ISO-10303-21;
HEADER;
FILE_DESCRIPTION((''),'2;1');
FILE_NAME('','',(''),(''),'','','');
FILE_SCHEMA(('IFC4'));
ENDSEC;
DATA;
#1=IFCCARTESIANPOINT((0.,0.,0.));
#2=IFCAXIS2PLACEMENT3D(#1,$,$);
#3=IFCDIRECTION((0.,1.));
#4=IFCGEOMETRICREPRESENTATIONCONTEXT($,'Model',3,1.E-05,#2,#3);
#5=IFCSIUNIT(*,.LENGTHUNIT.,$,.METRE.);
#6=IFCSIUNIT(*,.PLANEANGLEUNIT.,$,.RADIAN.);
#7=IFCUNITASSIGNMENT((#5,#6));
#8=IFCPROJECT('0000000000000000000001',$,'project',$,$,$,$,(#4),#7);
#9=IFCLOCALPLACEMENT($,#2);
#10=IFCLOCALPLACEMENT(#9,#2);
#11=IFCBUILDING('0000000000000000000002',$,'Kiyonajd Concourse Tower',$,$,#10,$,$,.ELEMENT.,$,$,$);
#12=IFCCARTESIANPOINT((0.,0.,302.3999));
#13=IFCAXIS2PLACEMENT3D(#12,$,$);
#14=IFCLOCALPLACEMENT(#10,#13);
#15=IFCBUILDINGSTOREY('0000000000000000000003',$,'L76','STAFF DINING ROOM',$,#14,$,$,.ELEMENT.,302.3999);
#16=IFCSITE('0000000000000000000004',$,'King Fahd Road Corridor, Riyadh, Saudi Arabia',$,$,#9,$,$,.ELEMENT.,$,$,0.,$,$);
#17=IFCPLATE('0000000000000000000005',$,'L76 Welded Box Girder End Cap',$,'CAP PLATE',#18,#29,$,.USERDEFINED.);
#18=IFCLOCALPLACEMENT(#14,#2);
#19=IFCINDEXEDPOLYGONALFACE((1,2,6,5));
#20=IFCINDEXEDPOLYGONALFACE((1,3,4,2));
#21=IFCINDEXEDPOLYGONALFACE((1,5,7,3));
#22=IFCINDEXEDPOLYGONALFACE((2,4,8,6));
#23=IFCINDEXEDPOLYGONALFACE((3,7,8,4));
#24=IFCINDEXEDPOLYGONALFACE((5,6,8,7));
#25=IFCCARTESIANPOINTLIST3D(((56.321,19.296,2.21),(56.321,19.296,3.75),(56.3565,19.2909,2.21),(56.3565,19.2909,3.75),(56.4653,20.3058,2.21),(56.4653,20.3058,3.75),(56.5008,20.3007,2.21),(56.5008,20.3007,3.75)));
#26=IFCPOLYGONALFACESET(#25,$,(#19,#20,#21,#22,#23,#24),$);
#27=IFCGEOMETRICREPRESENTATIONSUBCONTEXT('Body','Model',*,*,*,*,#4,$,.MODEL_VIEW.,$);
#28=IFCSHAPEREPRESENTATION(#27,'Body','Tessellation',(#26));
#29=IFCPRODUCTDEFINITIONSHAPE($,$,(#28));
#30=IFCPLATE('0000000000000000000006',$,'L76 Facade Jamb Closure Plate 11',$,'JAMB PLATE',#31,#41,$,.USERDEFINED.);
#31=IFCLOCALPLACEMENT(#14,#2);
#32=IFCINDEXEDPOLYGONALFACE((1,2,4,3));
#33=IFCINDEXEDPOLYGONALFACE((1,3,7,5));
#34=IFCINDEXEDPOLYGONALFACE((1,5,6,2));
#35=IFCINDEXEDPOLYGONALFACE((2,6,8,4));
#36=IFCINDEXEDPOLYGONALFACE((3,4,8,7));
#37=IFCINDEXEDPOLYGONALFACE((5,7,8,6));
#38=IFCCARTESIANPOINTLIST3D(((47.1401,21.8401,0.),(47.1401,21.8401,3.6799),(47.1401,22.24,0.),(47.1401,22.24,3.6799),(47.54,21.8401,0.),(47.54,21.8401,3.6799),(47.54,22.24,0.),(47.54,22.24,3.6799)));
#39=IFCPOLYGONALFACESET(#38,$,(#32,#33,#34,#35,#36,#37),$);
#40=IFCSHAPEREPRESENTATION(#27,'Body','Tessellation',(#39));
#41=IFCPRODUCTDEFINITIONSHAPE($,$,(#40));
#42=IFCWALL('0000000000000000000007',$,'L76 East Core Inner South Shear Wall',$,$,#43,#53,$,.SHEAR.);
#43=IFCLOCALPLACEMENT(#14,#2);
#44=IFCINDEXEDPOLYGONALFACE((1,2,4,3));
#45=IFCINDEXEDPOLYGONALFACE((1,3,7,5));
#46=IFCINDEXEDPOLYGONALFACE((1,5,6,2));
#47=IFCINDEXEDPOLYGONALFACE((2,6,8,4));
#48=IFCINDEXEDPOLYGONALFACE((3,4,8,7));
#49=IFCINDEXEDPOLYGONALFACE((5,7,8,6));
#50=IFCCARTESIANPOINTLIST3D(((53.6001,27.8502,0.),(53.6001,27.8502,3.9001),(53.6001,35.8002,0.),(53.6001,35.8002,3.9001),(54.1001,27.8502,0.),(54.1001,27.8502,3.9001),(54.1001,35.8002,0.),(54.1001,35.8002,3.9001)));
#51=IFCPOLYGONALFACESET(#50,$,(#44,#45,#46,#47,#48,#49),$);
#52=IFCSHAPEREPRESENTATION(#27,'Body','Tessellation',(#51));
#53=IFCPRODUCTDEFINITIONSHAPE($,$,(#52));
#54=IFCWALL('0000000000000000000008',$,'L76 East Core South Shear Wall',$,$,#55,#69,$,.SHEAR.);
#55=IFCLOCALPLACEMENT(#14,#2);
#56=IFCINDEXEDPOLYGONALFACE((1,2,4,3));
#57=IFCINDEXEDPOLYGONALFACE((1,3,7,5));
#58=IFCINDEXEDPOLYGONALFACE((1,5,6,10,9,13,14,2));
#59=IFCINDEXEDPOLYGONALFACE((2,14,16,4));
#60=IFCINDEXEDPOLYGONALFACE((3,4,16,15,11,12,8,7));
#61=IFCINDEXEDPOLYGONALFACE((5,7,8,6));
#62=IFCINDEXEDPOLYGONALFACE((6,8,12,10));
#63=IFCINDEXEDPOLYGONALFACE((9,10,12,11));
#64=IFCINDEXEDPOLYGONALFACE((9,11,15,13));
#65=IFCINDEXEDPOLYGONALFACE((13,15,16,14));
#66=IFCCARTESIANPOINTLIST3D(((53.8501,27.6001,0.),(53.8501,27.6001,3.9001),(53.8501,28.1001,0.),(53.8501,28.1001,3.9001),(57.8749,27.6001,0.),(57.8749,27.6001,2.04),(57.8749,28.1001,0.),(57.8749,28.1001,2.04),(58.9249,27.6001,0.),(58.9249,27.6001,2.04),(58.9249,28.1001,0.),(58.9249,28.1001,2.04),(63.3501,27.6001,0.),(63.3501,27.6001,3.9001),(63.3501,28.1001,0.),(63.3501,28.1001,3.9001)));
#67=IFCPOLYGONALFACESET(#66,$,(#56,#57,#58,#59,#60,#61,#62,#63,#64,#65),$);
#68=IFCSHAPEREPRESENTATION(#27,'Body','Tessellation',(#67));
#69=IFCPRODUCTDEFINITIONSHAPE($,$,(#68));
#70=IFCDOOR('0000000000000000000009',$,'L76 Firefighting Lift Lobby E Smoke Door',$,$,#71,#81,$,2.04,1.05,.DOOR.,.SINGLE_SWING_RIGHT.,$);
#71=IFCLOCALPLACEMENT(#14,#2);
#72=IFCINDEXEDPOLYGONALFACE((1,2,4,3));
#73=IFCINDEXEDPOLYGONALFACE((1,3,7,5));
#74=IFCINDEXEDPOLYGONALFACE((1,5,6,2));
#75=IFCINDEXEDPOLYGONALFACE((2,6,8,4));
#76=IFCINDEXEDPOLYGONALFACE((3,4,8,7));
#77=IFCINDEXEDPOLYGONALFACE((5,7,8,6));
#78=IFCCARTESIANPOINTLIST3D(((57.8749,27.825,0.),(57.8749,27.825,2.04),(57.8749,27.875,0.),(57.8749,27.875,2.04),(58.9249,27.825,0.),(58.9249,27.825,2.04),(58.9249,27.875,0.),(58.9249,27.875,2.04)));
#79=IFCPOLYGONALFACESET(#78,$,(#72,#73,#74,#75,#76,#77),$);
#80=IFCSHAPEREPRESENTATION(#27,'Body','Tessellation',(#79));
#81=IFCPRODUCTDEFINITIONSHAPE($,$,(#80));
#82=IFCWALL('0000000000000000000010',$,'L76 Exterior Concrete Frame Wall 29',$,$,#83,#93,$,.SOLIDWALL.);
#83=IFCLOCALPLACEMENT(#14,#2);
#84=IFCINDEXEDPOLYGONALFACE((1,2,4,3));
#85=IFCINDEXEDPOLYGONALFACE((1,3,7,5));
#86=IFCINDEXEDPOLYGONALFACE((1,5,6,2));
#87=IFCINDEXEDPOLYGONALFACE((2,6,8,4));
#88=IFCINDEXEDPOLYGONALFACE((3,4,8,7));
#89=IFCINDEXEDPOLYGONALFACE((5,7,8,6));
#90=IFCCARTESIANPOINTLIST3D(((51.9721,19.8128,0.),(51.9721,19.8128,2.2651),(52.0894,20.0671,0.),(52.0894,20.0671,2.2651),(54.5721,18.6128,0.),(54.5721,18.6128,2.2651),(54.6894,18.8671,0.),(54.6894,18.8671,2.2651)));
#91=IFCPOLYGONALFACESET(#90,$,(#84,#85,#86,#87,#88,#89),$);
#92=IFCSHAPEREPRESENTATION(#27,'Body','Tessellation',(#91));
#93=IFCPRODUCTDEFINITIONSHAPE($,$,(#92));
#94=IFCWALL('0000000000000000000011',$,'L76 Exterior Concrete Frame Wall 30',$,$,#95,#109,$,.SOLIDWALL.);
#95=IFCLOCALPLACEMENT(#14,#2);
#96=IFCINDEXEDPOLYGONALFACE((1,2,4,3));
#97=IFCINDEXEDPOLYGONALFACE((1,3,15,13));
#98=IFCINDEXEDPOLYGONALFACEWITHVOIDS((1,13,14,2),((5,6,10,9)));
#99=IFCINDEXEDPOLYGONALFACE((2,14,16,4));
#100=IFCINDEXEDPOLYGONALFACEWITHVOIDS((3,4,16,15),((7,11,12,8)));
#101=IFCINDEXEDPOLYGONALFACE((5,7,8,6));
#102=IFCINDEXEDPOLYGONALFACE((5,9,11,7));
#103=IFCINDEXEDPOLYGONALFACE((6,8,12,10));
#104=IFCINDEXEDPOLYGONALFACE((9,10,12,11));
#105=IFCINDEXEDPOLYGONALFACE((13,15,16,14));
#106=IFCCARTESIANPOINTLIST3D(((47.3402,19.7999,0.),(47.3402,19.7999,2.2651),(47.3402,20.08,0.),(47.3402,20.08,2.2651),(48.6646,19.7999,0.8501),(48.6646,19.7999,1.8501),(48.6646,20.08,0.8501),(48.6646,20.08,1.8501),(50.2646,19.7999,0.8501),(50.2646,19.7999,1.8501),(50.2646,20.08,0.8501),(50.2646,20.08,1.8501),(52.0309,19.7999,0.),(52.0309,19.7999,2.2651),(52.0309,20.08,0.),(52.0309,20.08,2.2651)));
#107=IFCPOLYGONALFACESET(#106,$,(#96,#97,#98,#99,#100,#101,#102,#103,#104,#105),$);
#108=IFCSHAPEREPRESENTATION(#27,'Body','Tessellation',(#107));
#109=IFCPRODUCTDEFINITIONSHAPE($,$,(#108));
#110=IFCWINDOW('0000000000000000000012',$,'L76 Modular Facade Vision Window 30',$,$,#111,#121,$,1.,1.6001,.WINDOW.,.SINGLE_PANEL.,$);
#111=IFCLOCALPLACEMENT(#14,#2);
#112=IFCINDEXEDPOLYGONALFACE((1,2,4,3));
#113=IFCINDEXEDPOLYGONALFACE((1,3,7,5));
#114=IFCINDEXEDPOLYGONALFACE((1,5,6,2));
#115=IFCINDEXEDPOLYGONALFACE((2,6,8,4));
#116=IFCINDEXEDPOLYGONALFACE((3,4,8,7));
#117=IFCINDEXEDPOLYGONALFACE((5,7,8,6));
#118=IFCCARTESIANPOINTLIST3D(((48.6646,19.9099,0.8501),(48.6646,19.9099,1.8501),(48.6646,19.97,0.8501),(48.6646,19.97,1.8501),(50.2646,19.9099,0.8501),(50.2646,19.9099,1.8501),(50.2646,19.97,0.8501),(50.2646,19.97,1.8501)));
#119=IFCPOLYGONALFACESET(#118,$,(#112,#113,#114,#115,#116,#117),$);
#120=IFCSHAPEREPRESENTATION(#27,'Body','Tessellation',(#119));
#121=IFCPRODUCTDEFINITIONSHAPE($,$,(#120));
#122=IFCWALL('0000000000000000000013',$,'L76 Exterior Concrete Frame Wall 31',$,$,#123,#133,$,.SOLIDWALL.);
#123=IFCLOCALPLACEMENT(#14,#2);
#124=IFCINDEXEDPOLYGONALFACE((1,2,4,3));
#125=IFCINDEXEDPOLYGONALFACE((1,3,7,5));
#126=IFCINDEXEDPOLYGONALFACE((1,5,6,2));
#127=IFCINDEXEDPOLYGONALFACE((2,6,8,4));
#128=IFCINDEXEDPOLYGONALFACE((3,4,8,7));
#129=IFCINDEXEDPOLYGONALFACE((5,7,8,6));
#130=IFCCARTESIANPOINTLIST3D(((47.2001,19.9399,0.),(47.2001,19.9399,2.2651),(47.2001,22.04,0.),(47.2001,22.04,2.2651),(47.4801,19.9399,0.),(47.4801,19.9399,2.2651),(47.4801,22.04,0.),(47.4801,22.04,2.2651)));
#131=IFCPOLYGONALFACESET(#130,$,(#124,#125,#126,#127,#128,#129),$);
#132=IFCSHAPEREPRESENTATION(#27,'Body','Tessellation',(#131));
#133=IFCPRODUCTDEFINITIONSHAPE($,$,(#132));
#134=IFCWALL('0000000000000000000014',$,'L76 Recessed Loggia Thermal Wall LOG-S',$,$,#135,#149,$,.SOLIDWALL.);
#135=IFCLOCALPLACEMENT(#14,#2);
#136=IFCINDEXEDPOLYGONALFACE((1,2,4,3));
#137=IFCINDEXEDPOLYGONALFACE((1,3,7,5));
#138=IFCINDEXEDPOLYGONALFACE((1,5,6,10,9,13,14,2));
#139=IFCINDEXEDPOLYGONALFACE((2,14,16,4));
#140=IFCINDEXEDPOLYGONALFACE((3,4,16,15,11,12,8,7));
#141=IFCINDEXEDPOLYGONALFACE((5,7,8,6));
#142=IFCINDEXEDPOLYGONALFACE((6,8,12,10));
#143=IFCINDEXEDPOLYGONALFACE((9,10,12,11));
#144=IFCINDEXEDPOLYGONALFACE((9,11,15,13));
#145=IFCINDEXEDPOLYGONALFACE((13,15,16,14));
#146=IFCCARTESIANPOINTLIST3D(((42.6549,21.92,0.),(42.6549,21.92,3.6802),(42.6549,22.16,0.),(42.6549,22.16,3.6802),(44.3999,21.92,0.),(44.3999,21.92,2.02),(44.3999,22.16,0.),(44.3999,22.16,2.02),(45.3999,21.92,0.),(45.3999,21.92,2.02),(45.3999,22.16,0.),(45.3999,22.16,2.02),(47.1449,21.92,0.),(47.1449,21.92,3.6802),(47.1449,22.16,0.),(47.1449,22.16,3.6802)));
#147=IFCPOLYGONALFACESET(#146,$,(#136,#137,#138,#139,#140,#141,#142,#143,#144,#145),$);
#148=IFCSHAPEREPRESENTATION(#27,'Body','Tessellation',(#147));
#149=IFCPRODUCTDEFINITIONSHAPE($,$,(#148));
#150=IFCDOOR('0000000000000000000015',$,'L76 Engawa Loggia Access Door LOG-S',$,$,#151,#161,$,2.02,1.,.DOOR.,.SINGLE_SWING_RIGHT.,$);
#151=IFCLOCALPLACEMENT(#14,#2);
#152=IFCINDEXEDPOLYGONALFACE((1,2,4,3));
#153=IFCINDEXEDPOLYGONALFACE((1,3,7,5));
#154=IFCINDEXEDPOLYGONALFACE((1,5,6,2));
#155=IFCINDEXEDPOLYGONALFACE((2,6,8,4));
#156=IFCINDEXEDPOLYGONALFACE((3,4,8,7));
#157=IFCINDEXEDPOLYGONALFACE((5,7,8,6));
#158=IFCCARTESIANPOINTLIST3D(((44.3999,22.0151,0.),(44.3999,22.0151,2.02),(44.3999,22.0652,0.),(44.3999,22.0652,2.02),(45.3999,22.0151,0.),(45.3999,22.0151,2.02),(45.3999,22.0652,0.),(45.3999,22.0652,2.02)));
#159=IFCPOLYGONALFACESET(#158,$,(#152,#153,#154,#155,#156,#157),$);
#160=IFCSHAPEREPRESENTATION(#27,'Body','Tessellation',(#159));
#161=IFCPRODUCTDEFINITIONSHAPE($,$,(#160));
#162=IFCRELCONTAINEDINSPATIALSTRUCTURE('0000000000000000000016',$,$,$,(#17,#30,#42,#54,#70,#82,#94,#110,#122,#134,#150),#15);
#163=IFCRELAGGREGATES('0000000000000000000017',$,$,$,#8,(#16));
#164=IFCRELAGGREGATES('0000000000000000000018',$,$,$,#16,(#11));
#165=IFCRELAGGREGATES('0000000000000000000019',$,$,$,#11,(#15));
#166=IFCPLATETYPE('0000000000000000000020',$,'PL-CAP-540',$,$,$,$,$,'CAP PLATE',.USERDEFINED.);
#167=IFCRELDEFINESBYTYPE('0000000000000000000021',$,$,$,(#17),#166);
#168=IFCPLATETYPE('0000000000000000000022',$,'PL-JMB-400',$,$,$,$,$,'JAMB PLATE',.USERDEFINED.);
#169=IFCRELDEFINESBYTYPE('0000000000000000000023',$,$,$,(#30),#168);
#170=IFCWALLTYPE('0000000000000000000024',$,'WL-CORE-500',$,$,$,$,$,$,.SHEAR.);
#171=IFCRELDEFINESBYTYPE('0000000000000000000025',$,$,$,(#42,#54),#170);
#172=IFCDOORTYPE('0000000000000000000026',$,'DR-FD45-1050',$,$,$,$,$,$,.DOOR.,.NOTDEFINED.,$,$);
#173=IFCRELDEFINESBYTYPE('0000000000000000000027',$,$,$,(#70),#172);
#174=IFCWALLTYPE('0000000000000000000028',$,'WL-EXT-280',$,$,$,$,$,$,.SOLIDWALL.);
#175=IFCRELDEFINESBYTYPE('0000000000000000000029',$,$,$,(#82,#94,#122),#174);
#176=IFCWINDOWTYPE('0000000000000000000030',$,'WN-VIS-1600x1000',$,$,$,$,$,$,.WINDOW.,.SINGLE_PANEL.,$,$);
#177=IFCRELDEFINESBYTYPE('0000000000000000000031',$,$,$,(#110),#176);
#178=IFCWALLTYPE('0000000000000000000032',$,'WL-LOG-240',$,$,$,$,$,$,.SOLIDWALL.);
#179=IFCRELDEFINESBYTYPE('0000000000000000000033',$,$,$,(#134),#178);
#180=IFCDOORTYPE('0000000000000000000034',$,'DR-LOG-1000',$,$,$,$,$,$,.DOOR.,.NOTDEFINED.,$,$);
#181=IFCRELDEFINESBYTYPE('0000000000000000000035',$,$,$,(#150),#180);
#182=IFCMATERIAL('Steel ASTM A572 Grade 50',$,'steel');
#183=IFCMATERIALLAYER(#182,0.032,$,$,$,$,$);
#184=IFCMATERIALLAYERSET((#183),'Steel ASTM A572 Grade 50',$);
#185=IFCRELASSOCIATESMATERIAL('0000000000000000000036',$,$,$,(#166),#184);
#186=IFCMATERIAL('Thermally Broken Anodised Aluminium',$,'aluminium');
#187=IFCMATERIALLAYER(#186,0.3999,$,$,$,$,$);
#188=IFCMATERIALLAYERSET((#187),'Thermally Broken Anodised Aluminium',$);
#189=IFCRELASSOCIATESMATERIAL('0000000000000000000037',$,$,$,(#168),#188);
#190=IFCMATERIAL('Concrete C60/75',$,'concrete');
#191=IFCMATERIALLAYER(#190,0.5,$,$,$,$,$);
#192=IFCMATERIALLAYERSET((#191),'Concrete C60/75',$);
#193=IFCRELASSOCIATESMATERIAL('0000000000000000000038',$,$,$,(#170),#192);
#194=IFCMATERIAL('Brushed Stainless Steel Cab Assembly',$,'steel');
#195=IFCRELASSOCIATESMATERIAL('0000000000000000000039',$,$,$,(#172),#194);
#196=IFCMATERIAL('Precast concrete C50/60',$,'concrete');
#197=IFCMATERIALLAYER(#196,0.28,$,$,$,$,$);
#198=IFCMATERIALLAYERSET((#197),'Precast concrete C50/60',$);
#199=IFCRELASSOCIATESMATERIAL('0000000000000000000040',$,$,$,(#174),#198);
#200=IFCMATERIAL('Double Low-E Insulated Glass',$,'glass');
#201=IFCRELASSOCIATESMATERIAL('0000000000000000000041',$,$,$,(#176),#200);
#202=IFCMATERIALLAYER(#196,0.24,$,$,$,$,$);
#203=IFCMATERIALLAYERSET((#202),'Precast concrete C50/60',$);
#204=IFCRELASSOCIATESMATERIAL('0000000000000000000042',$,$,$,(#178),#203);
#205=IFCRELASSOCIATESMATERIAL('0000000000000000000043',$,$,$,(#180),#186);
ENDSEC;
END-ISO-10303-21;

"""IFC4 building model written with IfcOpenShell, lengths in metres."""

from ifc_helpers import new_model, si_unit, direction, frame, frame_2d, origin, origin_2d, place, context, subcontext, project, spatial, rectangle, extrude, material, layer, layer_set, type_object, element, fill, save


model = new_model("IFC4")

# Units and contexts
model_context = context("Model", 3, precision=1e-05, world=origin(), true_north=direction((0.0, 1.0)))
body_context = subcontext(model_context, "Body", "Model", "MODEL_VIEW")
ifc_project = project(units=[si_unit("LENGTHUNIT", "METRE"), si_unit("PLANEANGLEUNIT", "RADIAN")], contexts=[model_context])

# Site, building, storey
site_placement = place(None, origin())
site = spatial("IfcSite", under=ifc_project, at=site_placement, Name="King Fahd Road Corridor, Riyadh, Saudi Arabia", CompositionType="ELEMENT", RefElevation=0.0)
building_placement = place(site_placement, origin())
building = spatial("IfcBuilding", under=site, at=building_placement, Name="Kiyonajd Concourse Tower", CompositionType="ELEMENT")
storey_placement = place(building_placement, frame((0.0, 0.0, 302.3999)))
storey = spatial("IfcBuildingStorey", under=building, at=storey_placement, Name="L76", Description="STAFF DINING ROOM", CompositionType="ELEMENT", Elevation=302.3999)

# Shared definitions
ifc_material_1 = material(Name="Concrete C60/75", Category="concrete")

# Shared definitions
ifc_material_2 = material(Name="Steel ASTM A572 Grade 50", Category="steel")

# Plates
ifc_layer_1 = layer(ifc_material_2, 0.032)
ifc_layer_set_1 = layer_set([ifc_layer_1], Name="Steel ASTM A572 Grade 50")
plate_type_1 = type_object("IfcPlateType", Name="PL-CAP-540", ElementType="CAP PLATE", PredefinedType="USERDEFINED", material=ifc_layer_set_1)
for number, where, z_axis, x_axis, name in (
    (1, (56.4109, 19.7983, 2.21), (0.0, 0.0, 1.0), (0.98995, -0.14142, 0.0), "L76 Welded Box Girder End Cap"),
):
    element("IfcPlate", number, at=place(storey_placement, frame(where, z_axis=z_axis, x_axis=x_axis)), inside=storey, type_object=plate_type_1, Name=name, ObjectType="CAP PLATE", PredefinedType="USERDEFINED", context=body_context, shape_type="SweptSolid", body=[
        extrude(rectangle(XDim=0.0359, YDim=1.02, at=origin_2d()), origin(), (0.0, 0.0, 1.0), 1.54),
    ])
ifc_material_3 = material(Name="Thermally Broken Anodised Aluminium", Category="aluminium")
ifc_layer_2 = layer(ifc_material_3, 0.3999)
ifc_layer_set_2 = layer_set([ifc_layer_2], Name="Thermally Broken Anodised Aluminium")
plate_type_2 = type_object("IfcPlateType", Name="PL-JMB-400", ElementType="JAMB PLATE", PredefinedType="USERDEFINED", material=ifc_layer_set_2)
plate_placement = place(storey_placement, frame((47.3401, 22.04, 0.0), z_axis=(0.0, 0.0, 1.0), x_axis=(1.0, 0.0, 0.0)))
element("IfcPlate", 2, at=plate_placement, inside=storey, type_object=plate_type_2, Name="L76 Facade Jamb Closure Plate 11", ObjectType="JAMB PLATE", PredefinedType="USERDEFINED", context=body_context, shape_type="SweptSolid", body=[
    extrude(rectangle(XDim=0.3999, YDim=0.3999, at=origin_2d()), origin(), (0.0, 0.0, 1.0), 3.6799),
])

# Wall
ifc_layer_3 = layer(ifc_material_1, 0.5)
ifc_layer_set_3 = layer_set([ifc_layer_3], Name="Concrete C60/75")
wall_type_1 = type_object("IfcWallType", Name="WL-CORE-500", PredefinedType="SHEAR", material=ifc_layer_set_3)
wall_1_placement = place(storey_placement, frame((53.8501, 27.8501, 0.0), z_axis=(0.0, 0.0, 1.0), x_axis=(0.0, 1.0, 0.0)))
element("IfcWall", 3, at=wall_1_placement, inside=storey, type_object=wall_type_1, Name="L76 East Core Inner South Shear Wall", PredefinedType="SHEAR", context=body_context, shape_type="SweptSolid", body=[
    extrude(rectangle(XDim=7.95, YDim=0.5, at=frame_2d((3.9751, 0.0))), origin(), (0.0, 0.0, 1.0), 3.9001),
])

# Wall, opening, door
wall_2_placement = place(storey_placement, frame((53.8501, 27.8501, 0.0), z_axis=(0.0, 0.0, 1.0), x_axis=(1.0, 0.0, 0.0)))
wall_2 = element("IfcWall", 4, at=wall_2_placement, inside=storey, type_object=wall_type_1, Name="L76 East Core South Shear Wall", PredefinedType="SHEAR", context=body_context, shape_type="SweptSolid", body=[
    extrude(rectangle(XDim=9.5, YDim=0.5, at=frame_2d((4.75, 0.0))), origin(), (0.0, 0.0, 1.0), 3.9001),
])
opening_1_placement = place(wall_2_placement, frame((4.0249, 0.0, 0.0)))
opening_1 = element("IfcOpeningElement", 5, at=opening_1_placement, cuts=wall_2, PredefinedType="OPENING", context=body_context, shape_type="SweptSolid", body=[
    extrude(rectangle(XDim=1.05, YDim=2.04, at=frame_2d((0.5249, 1.02))), frame((0.0, 0.26, 0.0), z_axis=(0.0, -1.0, 0.0), x_axis=(1.0, 0.0, 0.0)), (0.0, 0.0, 1.0), 0.52),
])
ifc_material_4 = material(Name="Brushed Stainless Steel Cab Assembly", Category="steel")
door_type_1 = type_object("IfcDoorType", Name="DR-FD45-1050", OperationType="NOTDEFINED", PredefinedType="DOOR", material=ifc_material_4)
door_1_placement = place(opening_1_placement, origin())
door_1 = element("IfcDoor", 6, at=door_1_placement, inside=storey, type_object=door_type_1, Name="L76 Firefighting Lift Lobby E Smoke Door", OperationType="SINGLE_SWING_RIGHT", OverallHeight=2.04, OverallWidth=1.05, PredefinedType="DOOR", context=body_context, shape_type="SweptSolid", body=[
    extrude(rectangle(XDim=1.05, YDim=2.04, at=frame_2d((0.5249, 1.02))), frame((0.0, 0.0249, 0.0), z_axis=(0.0, -1.0, 0.0), x_axis=(1.0, 0.0, 0.0)), (0.0, 0.0, 1.0), 0.05),
])
fill(opening_1, door_1)

# Wall
ifc_material_5 = material(Name="Precast concrete C50/60", Category="concrete")
ifc_layer_4 = layer(ifc_material_5, 0.28)
ifc_layer_set_4 = layer_set([ifc_layer_4], Name="Precast concrete C50/60")
wall_type_2 = type_object("IfcWallType", Name="WL-EXT-280", PredefinedType="SOLIDWALL", material=ifc_layer_set_4)
wall_3_placement = place(storey_placement, frame((54.6306, 18.74, 0.0), z_axis=(0.0, 0.0, 1.0), x_axis=(-0.907957, 0.419064, 0.0)))
element("IfcWall", 7, at=wall_3_placement, inside=storey, type_object=wall_type_2, Name="L76 Exterior Concrete Frame Wall 29", PredefinedType="SOLIDWALL", context=body_context, shape_type="SweptSolid", body=[
    extrude(rectangle(XDim=2.8635, YDim=0.28, at=frame_2d((1.4316, 0.0))), origin(), (0.0, 0.0, 1.0), 2.2651),
])

# Wall, opening, window
wall_4_placement = place(storey_placement, frame((52.0308, 19.9399, 0.0), z_axis=(0.0, 0.0, 1.0), x_axis=(-1.0, 0.0, 0.0)))
wall_4 = element("IfcWall", 8, at=wall_4_placement, inside=storey, type_object=wall_type_2, Name="L76 Exterior Concrete Frame Wall 30", PredefinedType="SOLIDWALL", context=body_context, shape_type="SweptSolid", body=[
    extrude(rectangle(XDim=4.6907, YDim=0.28, at=frame_2d((2.3452, 0.0))), origin(), (0.0, 0.0, 1.0), 2.2651),
])
opening_2_placement = place(wall_4_placement, frame((1.7661, 0.0, 0.8501)))
opening_2 = element("IfcOpeningElement", 9, at=opening_2_placement, cuts=wall_4, PredefinedType="OPENING", context=body_context, shape_type="SweptSolid", body=[
    extrude(rectangle(XDim=1.6001, YDim=1.0, at=frame_2d((0.8, 0.5))), frame((0.0, 0.1499, 0.0), z_axis=(0.0, -1.0, 0.0), x_axis=(1.0, 0.0, 0.0)), (0.0, 0.0, 1.0), 0.3),
])
ifc_material_6 = material(Name="Double Low-E Insulated Glass", Category="glass")
window_type = type_object("IfcWindowType", Name="WN-VIS-1600x1000", PartitioningType="SINGLE_PANEL", PredefinedType="WINDOW", material=ifc_material_6)
window_placement = place(opening_2_placement, origin())
window = element("IfcWindow", 10, at=window_placement, inside=storey, type_object=window_type, Name="L76 Modular Facade Vision Window 30", OverallHeight=1.0, OverallWidth=1.6001, PartitioningType="SINGLE_PANEL", PredefinedType="WINDOW", context=body_context, shape_type="SweptSolid", body=[
    extrude(rectangle(XDim=1.6001, YDim=1.0, at=frame_2d((0.8, 0.5))), frame((0.0, 0.03, 0.0), z_axis=(0.0, -1.0, 0.0), x_axis=(1.0, 0.0, 0.0)), (0.0, 0.0, 1.0), 0.0601),
])
fill(opening_2, window)

# Wall
wall_5_placement = place(storey_placement, frame((47.3401, 19.9399, 0.0), z_axis=(0.0, 0.0, 1.0), x_axis=(0.0, 1.0, 0.0)))
element("IfcWall", 11, at=wall_5_placement, inside=storey, type_object=wall_type_2, Name="L76 Exterior Concrete Frame Wall 31", PredefinedType="SOLIDWALL", context=body_context, shape_type="SweptSolid", body=[
    extrude(rectangle(XDim=2.1001, YDim=0.28, at=frame_2d((1.05, 0.0))), origin(), (0.0, 0.0, 1.0), 2.2651),
])

# Wall, opening, door
ifc_layer_5 = layer(ifc_material_5, 0.24)
ifc_layer_set_5 = layer_set([ifc_layer_5], Name="Precast concrete C50/60")
wall_type_3 = type_object("IfcWallType", Name="WL-LOG-240", PredefinedType="SOLIDWALL", material=ifc_layer_set_5)
wall_6_placement = place(storey_placement, frame((47.145, 22.04, 0.0), z_axis=(0.0, 0.0, 1.0), x_axis=(-1.0, 0.0, 0.0)))
wall_6 = element("IfcWall", 12, at=wall_6_placement, inside=storey, type_object=wall_type_3, Name="L76 Recessed Loggia Thermal Wall LOG-S", PredefinedType="SOLIDWALL", context=body_context, shape_type="SweptSolid", body=[
    extrude(rectangle(XDim=4.49, YDim=0.24, at=frame_2d((2.2451, 0.0))), origin(), (0.0, 0.0, 1.0), 3.6802),
])
opening_3_placement = place(wall_6_placement, frame((1.7451, 0.0, 0.0)))
opening_3 = element("IfcOpeningElement", 13, at=opening_3_placement, cuts=wall_6, PredefinedType="OPENING", context=body_context, shape_type="SweptSolid", body=[
    extrude(rectangle(XDim=1.0, YDim=2.02, at=frame_2d((0.5, 1.01))), frame((0.0, 0.1299, 0.0), z_axis=(0.0, -1.0, 0.0), x_axis=(1.0, 0.0, 0.0)), (0.0, 0.0, 1.0), 0.26),
])
door_type_2 = type_object("IfcDoorType", Name="DR-LOG-1000", OperationType="NOTDEFINED", PredefinedType="DOOR", material=ifc_material_3)
door_2_placement = place(opening_3_placement, origin())
door_2 = element("IfcDoor", 14, at=door_2_placement, inside=storey, type_object=door_type_2, Name="L76 Engawa Loggia Access Door LOG-S", OperationType="SINGLE_SWING_RIGHT", OverallHeight=2.02, OverallWidth=1.0, PredefinedType="DOOR", context=body_context, shape_type="SweptSolid", body=[
    extrude(rectangle(XDim=1.0, YDim=2.02, at=frame_2d((0.5, 1.01))), frame((0.0, 0.0249, 0.0), z_axis=(0.0, -1.0, 0.0), x_axis=(1.0, 0.0, 0.0)), (0.0, 0.0, 1.0), 0.05),
])
fill(opening_3, door_2)

save(model, "model.ifc")
